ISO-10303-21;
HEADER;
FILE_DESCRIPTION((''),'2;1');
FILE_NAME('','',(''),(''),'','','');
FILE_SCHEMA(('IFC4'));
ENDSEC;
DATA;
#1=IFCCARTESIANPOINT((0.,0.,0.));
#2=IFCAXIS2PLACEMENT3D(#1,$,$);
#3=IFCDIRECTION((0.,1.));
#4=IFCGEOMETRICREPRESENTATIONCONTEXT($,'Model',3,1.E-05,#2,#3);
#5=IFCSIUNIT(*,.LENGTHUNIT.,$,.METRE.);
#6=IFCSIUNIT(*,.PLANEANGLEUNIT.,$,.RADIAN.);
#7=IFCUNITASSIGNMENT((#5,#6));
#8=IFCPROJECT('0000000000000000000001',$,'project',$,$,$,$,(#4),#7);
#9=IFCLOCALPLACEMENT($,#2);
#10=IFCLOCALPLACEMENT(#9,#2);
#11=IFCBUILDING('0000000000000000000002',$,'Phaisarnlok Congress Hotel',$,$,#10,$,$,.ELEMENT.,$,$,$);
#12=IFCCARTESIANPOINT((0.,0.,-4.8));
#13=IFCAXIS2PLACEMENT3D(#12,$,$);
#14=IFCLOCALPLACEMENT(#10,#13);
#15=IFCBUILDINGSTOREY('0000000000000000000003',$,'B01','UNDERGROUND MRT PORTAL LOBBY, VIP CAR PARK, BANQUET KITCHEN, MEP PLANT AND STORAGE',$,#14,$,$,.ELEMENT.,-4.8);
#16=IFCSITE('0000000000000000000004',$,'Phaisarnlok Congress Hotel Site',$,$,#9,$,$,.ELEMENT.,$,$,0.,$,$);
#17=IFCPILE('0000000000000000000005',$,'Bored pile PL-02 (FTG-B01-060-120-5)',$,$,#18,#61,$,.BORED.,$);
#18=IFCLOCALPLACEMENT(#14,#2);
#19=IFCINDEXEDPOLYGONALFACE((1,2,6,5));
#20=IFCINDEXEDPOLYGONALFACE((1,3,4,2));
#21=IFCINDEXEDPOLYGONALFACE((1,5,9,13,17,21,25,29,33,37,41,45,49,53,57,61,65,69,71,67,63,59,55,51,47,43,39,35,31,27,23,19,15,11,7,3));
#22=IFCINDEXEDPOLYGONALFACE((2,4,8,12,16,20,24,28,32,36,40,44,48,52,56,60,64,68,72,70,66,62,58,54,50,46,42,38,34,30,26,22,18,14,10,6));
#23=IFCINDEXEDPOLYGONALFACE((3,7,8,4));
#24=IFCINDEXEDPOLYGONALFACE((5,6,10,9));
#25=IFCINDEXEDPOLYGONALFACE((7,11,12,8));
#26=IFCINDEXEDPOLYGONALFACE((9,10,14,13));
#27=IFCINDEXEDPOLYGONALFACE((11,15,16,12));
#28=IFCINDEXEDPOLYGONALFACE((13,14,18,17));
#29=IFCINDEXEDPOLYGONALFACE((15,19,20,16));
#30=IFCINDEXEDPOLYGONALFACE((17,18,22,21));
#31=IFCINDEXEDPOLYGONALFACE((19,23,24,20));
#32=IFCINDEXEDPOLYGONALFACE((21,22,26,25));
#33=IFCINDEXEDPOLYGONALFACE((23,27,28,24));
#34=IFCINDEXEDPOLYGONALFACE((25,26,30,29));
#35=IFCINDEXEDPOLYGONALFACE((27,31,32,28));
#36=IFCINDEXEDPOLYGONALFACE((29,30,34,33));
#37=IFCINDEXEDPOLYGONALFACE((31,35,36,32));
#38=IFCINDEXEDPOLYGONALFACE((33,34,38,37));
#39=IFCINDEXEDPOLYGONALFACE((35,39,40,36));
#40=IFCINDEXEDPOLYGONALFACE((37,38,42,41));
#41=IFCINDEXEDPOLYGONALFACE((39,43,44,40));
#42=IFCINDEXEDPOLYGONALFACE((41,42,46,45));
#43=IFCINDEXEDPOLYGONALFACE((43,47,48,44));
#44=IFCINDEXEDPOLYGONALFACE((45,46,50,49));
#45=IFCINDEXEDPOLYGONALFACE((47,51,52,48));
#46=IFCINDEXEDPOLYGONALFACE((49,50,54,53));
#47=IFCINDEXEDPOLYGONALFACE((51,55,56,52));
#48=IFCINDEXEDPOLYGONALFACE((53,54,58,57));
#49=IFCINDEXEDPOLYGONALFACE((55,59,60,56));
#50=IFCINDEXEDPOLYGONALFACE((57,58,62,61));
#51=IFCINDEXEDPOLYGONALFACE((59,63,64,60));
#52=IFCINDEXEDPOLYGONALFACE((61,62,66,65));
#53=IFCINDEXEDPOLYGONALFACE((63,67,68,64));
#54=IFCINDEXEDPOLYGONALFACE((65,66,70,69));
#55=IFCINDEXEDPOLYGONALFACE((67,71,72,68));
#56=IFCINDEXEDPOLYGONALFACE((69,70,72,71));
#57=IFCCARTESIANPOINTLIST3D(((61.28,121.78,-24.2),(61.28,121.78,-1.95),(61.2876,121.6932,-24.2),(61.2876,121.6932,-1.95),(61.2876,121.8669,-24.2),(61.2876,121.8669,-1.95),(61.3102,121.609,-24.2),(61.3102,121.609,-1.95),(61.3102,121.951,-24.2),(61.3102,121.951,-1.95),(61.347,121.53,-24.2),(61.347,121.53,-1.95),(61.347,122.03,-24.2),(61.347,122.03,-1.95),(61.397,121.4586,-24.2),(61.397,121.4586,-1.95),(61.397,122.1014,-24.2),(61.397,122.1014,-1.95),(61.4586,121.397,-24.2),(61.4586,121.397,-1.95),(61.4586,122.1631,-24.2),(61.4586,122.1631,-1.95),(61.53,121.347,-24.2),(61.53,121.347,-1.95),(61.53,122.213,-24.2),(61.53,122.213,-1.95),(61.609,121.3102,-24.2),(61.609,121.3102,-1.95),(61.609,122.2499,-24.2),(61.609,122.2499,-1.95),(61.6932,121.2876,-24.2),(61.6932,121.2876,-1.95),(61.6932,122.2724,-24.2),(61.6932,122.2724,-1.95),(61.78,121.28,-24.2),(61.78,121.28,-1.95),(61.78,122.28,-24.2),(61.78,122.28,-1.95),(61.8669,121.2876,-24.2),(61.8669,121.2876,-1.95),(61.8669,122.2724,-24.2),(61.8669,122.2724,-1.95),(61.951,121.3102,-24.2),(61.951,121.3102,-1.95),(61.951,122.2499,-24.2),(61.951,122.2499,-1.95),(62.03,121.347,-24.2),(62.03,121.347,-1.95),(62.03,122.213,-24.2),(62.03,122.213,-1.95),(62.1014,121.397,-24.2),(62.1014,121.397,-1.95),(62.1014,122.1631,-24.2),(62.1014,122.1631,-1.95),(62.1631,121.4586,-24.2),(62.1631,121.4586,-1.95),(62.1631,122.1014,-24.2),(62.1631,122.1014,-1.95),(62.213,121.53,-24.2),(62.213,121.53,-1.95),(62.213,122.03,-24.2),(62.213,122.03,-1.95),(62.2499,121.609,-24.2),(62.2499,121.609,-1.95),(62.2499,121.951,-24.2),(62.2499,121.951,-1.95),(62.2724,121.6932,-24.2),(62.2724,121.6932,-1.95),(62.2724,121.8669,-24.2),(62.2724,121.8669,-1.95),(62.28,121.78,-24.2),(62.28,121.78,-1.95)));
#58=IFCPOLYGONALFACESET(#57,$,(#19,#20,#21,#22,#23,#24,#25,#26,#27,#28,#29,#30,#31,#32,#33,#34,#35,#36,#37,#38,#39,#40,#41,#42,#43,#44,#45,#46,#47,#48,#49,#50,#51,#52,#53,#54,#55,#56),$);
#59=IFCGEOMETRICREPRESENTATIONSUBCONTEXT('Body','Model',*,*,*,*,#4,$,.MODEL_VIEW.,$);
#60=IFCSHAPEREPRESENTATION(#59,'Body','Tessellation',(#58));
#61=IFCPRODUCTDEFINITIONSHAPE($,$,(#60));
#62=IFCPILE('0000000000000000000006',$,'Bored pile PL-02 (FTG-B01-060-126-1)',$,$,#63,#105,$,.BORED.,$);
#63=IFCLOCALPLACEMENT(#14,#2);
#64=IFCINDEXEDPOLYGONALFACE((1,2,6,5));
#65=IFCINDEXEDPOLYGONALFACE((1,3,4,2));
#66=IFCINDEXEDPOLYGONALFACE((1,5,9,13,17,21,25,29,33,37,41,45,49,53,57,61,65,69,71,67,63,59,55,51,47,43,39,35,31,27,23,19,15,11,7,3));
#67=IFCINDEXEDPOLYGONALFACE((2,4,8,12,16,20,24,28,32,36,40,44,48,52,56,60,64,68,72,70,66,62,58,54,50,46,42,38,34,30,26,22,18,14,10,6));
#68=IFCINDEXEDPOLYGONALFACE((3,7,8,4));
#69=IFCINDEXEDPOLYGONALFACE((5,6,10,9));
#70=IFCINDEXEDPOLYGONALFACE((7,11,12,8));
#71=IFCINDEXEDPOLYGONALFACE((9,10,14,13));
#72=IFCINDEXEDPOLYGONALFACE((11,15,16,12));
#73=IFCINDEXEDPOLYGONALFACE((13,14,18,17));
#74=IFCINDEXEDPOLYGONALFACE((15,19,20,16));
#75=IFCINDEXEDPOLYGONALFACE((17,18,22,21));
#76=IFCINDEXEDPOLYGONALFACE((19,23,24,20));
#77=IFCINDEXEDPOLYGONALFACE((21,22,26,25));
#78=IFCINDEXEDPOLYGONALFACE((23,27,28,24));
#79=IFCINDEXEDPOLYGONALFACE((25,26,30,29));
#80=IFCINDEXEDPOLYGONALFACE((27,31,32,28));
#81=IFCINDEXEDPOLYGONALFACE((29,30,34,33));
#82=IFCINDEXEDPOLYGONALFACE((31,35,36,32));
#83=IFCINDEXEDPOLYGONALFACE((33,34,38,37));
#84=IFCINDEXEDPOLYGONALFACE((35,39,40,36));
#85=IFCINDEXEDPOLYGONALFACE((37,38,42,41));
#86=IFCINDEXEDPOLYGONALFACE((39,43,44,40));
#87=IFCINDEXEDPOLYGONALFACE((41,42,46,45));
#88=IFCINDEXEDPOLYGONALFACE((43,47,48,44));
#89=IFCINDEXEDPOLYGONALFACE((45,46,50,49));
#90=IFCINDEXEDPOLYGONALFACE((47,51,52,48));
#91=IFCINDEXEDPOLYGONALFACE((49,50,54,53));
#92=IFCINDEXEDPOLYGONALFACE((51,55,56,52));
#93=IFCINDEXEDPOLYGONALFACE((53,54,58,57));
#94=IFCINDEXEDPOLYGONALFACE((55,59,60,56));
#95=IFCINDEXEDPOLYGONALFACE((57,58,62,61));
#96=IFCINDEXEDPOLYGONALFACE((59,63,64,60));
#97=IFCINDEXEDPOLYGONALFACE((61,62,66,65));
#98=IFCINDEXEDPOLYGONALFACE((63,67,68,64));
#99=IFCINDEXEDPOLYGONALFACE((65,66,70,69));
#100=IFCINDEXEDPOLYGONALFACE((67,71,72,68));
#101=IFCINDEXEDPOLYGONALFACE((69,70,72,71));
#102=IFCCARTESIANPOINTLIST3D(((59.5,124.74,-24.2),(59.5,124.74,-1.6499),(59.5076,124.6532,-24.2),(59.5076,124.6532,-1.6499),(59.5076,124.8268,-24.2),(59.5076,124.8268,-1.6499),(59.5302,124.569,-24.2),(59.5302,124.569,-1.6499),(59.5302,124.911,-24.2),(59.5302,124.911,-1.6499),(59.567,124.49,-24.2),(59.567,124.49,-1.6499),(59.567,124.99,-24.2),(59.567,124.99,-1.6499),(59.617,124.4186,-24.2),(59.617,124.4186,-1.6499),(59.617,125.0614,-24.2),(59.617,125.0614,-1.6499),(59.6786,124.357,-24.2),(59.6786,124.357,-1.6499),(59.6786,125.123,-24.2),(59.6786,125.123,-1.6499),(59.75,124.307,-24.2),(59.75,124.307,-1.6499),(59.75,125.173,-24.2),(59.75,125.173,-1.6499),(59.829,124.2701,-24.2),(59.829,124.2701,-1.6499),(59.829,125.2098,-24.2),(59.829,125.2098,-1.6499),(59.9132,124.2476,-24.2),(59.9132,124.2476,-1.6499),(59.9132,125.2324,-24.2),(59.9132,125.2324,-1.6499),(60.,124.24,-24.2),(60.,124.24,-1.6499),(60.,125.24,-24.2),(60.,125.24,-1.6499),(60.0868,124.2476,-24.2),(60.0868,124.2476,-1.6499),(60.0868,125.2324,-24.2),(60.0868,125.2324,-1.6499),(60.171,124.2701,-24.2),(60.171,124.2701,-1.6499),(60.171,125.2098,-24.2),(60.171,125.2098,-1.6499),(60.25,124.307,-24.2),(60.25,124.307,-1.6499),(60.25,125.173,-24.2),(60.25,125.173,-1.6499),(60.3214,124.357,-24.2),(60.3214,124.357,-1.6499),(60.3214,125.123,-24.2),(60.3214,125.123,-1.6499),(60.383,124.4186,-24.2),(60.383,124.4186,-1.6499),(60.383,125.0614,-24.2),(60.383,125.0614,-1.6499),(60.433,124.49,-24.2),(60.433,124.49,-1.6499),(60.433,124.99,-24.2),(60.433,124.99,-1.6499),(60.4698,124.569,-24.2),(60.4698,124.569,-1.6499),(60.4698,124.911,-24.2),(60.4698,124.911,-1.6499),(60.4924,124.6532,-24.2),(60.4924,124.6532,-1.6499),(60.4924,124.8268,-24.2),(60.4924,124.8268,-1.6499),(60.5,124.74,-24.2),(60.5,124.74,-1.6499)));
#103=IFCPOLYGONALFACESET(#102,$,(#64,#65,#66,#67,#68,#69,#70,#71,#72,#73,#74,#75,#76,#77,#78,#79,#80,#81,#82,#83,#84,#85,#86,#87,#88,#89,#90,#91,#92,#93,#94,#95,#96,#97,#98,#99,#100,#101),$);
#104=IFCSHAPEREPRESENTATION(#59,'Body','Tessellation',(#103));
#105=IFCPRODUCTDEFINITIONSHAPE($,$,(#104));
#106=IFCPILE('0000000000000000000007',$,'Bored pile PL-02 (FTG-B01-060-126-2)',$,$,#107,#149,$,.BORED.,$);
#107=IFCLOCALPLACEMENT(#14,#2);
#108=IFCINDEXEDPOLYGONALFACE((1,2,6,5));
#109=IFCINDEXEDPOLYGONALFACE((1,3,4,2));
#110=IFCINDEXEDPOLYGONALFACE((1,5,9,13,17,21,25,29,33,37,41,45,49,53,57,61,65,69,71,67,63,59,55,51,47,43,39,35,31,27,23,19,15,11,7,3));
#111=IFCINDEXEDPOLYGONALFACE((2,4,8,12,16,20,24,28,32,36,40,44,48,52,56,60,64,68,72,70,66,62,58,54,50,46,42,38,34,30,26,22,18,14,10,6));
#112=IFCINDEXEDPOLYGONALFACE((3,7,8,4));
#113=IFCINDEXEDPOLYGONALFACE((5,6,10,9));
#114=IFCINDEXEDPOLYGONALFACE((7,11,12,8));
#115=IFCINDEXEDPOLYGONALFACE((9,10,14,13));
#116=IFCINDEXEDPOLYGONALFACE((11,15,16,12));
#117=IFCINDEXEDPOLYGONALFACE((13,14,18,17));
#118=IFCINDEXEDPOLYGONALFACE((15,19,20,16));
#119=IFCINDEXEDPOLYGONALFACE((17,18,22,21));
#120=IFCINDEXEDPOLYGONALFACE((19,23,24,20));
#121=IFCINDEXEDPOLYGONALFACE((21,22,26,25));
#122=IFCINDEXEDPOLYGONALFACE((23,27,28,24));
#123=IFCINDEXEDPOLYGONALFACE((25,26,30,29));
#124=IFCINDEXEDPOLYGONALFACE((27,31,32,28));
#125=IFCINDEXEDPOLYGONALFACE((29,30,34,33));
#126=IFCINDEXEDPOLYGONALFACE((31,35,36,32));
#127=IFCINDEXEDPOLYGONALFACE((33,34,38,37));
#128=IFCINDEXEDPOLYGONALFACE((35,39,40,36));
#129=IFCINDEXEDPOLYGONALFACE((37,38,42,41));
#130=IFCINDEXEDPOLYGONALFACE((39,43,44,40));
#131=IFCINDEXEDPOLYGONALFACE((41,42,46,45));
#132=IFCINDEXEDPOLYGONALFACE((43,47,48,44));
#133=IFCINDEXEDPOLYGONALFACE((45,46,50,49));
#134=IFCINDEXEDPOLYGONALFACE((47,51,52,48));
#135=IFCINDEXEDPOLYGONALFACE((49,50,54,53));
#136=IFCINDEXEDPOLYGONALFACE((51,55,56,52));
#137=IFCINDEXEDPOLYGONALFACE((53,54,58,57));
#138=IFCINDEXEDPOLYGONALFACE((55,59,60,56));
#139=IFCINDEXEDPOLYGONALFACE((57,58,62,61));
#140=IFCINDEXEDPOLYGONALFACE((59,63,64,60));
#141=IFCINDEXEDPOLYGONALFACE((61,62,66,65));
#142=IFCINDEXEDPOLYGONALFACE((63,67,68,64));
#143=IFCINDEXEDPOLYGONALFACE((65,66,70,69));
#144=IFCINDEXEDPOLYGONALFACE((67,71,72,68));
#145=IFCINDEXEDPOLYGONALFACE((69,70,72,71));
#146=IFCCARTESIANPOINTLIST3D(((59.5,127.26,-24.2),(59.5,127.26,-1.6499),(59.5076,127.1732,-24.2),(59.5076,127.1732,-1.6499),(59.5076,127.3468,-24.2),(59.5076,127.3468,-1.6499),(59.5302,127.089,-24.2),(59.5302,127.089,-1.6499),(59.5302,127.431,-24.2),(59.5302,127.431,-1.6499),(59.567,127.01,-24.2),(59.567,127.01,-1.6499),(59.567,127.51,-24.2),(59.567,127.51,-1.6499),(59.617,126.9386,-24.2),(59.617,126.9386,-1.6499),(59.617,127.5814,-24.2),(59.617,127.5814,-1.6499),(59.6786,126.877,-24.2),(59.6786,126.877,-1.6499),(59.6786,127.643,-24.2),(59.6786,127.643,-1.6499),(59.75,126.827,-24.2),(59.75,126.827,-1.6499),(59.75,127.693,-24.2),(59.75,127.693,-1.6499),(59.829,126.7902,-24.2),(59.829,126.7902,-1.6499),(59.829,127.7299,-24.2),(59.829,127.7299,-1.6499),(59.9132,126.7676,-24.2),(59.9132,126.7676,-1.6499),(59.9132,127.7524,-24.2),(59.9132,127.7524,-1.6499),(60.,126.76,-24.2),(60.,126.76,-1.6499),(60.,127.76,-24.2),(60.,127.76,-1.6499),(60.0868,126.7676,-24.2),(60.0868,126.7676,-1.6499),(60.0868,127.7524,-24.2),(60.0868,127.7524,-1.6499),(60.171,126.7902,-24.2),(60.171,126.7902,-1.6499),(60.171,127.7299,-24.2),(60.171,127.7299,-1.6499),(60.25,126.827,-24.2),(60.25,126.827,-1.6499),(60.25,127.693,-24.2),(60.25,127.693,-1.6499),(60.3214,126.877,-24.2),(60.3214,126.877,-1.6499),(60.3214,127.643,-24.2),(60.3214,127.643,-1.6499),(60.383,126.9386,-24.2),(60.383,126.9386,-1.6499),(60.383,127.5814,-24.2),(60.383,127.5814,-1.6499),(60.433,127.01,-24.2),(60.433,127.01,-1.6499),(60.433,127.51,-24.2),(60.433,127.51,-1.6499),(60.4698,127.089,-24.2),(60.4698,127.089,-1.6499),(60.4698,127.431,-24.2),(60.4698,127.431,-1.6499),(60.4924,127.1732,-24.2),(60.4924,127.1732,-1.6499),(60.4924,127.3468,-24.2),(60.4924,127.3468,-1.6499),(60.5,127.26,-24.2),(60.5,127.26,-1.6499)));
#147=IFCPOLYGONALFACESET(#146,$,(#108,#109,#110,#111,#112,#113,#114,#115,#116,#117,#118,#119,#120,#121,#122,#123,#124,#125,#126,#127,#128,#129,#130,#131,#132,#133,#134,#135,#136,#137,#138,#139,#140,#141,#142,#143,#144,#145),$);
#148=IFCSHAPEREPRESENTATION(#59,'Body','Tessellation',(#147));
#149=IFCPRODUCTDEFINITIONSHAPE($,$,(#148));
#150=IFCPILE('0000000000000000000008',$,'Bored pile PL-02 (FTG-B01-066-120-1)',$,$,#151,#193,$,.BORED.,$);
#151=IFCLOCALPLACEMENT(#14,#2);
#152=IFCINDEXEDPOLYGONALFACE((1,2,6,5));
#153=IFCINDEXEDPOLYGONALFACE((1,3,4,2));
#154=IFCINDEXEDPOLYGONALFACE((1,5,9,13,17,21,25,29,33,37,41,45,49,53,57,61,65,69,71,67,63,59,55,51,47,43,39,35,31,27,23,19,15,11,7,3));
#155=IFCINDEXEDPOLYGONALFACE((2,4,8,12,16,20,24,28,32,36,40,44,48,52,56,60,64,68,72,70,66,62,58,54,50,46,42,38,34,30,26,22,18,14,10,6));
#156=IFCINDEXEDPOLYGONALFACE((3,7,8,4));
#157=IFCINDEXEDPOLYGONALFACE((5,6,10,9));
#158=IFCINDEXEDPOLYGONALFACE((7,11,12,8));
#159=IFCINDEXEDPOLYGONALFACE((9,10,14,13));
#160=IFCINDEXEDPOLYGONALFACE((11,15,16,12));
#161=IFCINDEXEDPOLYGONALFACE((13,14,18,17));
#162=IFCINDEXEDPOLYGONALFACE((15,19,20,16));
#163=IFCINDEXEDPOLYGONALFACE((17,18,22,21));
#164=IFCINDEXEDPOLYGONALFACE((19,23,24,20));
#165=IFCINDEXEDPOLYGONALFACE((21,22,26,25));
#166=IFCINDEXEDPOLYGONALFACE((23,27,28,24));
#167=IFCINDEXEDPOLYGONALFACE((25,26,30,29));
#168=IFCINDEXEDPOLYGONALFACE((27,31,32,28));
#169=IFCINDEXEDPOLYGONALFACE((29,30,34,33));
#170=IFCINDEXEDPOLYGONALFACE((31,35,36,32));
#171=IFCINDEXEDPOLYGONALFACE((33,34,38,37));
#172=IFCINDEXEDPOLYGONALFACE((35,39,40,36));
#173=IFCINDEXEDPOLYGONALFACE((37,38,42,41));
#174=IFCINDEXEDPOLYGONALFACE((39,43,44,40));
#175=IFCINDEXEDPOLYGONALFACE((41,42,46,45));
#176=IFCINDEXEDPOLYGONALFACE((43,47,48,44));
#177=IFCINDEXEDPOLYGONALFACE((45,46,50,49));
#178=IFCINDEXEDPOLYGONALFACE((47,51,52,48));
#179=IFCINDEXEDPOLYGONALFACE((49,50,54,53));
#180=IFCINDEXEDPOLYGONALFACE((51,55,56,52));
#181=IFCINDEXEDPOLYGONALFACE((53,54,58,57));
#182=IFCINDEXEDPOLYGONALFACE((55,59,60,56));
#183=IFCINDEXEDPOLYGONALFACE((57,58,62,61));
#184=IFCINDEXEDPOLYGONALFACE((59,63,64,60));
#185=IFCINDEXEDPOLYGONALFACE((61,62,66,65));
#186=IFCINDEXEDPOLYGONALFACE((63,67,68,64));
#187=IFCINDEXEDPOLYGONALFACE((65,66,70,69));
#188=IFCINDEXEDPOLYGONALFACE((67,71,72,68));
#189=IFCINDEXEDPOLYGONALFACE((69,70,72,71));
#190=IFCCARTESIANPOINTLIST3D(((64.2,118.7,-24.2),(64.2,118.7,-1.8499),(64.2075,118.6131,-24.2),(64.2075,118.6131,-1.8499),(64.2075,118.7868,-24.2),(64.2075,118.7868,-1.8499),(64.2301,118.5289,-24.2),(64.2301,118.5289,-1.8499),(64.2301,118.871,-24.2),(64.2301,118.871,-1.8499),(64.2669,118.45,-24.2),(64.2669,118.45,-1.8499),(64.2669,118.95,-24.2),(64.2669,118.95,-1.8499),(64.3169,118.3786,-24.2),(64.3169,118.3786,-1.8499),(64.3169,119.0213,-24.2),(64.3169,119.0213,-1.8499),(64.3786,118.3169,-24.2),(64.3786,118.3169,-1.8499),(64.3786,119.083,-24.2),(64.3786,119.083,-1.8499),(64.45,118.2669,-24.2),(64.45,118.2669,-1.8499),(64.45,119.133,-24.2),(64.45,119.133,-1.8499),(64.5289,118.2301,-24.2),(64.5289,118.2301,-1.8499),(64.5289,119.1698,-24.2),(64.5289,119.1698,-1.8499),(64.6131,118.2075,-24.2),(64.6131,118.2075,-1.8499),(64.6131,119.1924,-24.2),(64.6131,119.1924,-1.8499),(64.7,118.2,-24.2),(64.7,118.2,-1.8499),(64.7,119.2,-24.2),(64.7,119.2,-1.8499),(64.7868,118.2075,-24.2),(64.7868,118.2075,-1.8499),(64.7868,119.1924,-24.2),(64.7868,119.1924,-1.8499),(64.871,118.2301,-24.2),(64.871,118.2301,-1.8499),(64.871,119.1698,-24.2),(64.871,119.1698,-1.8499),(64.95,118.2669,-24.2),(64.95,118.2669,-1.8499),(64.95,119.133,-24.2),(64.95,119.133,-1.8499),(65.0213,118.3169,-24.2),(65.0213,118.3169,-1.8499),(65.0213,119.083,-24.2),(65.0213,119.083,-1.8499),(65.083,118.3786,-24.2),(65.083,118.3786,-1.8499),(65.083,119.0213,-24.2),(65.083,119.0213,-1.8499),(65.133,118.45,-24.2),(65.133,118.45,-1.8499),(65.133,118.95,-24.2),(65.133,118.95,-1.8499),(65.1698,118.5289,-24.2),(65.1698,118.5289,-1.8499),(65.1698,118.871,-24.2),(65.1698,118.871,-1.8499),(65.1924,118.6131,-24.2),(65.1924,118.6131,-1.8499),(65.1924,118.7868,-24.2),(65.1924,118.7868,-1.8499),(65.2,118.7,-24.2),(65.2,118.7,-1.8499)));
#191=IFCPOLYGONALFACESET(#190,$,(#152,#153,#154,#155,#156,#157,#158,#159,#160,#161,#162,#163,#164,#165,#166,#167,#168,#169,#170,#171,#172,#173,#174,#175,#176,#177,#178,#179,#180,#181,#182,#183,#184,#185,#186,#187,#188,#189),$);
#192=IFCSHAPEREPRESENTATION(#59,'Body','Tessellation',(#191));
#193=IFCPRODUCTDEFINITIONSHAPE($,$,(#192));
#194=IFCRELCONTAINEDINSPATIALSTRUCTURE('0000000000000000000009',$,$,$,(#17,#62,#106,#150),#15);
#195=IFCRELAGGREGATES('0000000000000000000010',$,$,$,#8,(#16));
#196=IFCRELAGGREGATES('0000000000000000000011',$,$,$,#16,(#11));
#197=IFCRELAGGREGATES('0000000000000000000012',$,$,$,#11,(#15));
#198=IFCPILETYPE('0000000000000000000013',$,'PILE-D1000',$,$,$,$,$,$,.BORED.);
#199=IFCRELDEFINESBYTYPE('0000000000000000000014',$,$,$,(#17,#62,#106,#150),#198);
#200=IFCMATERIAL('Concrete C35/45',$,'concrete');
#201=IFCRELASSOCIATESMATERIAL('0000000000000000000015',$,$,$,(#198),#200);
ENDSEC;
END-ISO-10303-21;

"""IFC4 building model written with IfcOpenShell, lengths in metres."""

from ifc_helpers import new_model, si_unit, direction, frame, origin, origin_2d, place, context, subcontext, project, spatial, circle, extrude, material, material_profile, profile_set, type_object, element, save


model = new_model("IFC4")

# Units and contexts
model_context = context("Model", 3, precision=1e-05, world=origin(), true_north=direction((0.0, 1.0)))
body_context = subcontext(model_context, "Body", "Model", "MODEL_VIEW")
ifc_project = project(units=[si_unit("LENGTHUNIT", "METRE"), si_unit("PLANEANGLEUNIT", "RADIAN")], contexts=[model_context])

# Site, building, storey
site_placement = place(None, origin())
site = spatial("IfcSite", under=ifc_project, at=site_placement, Name="Phaisarnlok Congress Hotel Site", CompositionType="ELEMENT", RefElevation=0.0)
building_placement = place(site_placement, origin())
building = spatial("IfcBuilding", under=site, at=building_placement, Name="Phaisarnlok Congress Hotel", CompositionType="ELEMENT")
storey_placement = place(building_placement, frame((0.0, 0.0, -4.8)))
storey = spatial("IfcBuildingStorey", under=building, at=storey_placement, Name="B01", Description="UNDERGROUND MRT PORTAL LOBBY, VIP CAR PARK, BANQUET KITCHEN, MEP PLANT AND STORAGE", CompositionType="ELEMENT", Elevation=-4.8)

# Piles
ifc_material_1 = material(Name="Concrete C35/45", Category="concrete")
ifc_material_profile_1 = material_profile(ifc_material_1, circle(Radius=0.5, at=origin_2d()), Name="BORED PILE D1000")
ifc_profile_set_1 = profile_set([ifc_material_profile_1], Name="Concrete C35/45")
pile_type = type_object("IfcPileType", Name="PILE-D1000", PredefinedType="BORED", material=ifc_profile_set_1)
for number, where, z_axis, x_axis, name in (
    (1, (61.78, 121.78, -1.95), (0.0, 0.0, -1.0), (1.0, 0.0, 0.0), "Bored pile PL-02 (FTG-B01-060-120-5)"),
):
    element("IfcPile", number, at=place(storey_placement, frame(where, z_axis=z_axis, x_axis=x_axis)), inside=storey, type_object=pile_type, Name=name, PredefinedType="BORED", context=body_context, shape_type="SweptSolid", body=[
        extrude(circle(Radius=0.5, at=origin_2d()), origin(), (0.0, 0.0, 1.0), 22.25),
    ])
for number, where, z_axis, x_axis, name in (
    (2, (60.0, 124.74, -1.6499), (0.0, 0.0, -1.0), (1.0, 0.0, 0.0), "Bored pile PL-02 (FTG-B01-060-126-1)"),
    (3, (60.0, 127.26, -1.6499), (0.0, 0.0, -1.0), (1.0, 0.0, 0.0), "Bored pile PL-02 (FTG-B01-060-126-2)"),
):
    element("IfcPile", number, at=place(storey_placement, frame(where, z_axis=z_axis, x_axis=x_axis)), inside=storey, type_object=pile_type, Name=name, PredefinedType="BORED", context=body_context, shape_type="SweptSolid", body=[
        extrude(circle(Radius=0.5, at=origin_2d()), origin(), (0.0, 0.0, 1.0), 22.55),
    ])
for number, where, z_axis, x_axis, name in (
    (4, (64.7, 118.7, -1.8499), (0.0, 0.0, -1.0), (1.0, 0.0, 0.0), "Bored pile PL-02 (FTG-B01-066-120-1)"),
):
    element("IfcPile", number, at=place(storey_placement, frame(where, z_axis=z_axis, x_axis=x_axis)), inside=storey, type_object=pile_type, Name=name, PredefinedType="BORED", context=body_context, shape_type="SweptSolid", body=[
        extrude(circle(Radius=0.5, at=origin_2d()), origin(), (0.0, 0.0, 1.0), 22.3501),
    ])

save(model, "model.ifc")
